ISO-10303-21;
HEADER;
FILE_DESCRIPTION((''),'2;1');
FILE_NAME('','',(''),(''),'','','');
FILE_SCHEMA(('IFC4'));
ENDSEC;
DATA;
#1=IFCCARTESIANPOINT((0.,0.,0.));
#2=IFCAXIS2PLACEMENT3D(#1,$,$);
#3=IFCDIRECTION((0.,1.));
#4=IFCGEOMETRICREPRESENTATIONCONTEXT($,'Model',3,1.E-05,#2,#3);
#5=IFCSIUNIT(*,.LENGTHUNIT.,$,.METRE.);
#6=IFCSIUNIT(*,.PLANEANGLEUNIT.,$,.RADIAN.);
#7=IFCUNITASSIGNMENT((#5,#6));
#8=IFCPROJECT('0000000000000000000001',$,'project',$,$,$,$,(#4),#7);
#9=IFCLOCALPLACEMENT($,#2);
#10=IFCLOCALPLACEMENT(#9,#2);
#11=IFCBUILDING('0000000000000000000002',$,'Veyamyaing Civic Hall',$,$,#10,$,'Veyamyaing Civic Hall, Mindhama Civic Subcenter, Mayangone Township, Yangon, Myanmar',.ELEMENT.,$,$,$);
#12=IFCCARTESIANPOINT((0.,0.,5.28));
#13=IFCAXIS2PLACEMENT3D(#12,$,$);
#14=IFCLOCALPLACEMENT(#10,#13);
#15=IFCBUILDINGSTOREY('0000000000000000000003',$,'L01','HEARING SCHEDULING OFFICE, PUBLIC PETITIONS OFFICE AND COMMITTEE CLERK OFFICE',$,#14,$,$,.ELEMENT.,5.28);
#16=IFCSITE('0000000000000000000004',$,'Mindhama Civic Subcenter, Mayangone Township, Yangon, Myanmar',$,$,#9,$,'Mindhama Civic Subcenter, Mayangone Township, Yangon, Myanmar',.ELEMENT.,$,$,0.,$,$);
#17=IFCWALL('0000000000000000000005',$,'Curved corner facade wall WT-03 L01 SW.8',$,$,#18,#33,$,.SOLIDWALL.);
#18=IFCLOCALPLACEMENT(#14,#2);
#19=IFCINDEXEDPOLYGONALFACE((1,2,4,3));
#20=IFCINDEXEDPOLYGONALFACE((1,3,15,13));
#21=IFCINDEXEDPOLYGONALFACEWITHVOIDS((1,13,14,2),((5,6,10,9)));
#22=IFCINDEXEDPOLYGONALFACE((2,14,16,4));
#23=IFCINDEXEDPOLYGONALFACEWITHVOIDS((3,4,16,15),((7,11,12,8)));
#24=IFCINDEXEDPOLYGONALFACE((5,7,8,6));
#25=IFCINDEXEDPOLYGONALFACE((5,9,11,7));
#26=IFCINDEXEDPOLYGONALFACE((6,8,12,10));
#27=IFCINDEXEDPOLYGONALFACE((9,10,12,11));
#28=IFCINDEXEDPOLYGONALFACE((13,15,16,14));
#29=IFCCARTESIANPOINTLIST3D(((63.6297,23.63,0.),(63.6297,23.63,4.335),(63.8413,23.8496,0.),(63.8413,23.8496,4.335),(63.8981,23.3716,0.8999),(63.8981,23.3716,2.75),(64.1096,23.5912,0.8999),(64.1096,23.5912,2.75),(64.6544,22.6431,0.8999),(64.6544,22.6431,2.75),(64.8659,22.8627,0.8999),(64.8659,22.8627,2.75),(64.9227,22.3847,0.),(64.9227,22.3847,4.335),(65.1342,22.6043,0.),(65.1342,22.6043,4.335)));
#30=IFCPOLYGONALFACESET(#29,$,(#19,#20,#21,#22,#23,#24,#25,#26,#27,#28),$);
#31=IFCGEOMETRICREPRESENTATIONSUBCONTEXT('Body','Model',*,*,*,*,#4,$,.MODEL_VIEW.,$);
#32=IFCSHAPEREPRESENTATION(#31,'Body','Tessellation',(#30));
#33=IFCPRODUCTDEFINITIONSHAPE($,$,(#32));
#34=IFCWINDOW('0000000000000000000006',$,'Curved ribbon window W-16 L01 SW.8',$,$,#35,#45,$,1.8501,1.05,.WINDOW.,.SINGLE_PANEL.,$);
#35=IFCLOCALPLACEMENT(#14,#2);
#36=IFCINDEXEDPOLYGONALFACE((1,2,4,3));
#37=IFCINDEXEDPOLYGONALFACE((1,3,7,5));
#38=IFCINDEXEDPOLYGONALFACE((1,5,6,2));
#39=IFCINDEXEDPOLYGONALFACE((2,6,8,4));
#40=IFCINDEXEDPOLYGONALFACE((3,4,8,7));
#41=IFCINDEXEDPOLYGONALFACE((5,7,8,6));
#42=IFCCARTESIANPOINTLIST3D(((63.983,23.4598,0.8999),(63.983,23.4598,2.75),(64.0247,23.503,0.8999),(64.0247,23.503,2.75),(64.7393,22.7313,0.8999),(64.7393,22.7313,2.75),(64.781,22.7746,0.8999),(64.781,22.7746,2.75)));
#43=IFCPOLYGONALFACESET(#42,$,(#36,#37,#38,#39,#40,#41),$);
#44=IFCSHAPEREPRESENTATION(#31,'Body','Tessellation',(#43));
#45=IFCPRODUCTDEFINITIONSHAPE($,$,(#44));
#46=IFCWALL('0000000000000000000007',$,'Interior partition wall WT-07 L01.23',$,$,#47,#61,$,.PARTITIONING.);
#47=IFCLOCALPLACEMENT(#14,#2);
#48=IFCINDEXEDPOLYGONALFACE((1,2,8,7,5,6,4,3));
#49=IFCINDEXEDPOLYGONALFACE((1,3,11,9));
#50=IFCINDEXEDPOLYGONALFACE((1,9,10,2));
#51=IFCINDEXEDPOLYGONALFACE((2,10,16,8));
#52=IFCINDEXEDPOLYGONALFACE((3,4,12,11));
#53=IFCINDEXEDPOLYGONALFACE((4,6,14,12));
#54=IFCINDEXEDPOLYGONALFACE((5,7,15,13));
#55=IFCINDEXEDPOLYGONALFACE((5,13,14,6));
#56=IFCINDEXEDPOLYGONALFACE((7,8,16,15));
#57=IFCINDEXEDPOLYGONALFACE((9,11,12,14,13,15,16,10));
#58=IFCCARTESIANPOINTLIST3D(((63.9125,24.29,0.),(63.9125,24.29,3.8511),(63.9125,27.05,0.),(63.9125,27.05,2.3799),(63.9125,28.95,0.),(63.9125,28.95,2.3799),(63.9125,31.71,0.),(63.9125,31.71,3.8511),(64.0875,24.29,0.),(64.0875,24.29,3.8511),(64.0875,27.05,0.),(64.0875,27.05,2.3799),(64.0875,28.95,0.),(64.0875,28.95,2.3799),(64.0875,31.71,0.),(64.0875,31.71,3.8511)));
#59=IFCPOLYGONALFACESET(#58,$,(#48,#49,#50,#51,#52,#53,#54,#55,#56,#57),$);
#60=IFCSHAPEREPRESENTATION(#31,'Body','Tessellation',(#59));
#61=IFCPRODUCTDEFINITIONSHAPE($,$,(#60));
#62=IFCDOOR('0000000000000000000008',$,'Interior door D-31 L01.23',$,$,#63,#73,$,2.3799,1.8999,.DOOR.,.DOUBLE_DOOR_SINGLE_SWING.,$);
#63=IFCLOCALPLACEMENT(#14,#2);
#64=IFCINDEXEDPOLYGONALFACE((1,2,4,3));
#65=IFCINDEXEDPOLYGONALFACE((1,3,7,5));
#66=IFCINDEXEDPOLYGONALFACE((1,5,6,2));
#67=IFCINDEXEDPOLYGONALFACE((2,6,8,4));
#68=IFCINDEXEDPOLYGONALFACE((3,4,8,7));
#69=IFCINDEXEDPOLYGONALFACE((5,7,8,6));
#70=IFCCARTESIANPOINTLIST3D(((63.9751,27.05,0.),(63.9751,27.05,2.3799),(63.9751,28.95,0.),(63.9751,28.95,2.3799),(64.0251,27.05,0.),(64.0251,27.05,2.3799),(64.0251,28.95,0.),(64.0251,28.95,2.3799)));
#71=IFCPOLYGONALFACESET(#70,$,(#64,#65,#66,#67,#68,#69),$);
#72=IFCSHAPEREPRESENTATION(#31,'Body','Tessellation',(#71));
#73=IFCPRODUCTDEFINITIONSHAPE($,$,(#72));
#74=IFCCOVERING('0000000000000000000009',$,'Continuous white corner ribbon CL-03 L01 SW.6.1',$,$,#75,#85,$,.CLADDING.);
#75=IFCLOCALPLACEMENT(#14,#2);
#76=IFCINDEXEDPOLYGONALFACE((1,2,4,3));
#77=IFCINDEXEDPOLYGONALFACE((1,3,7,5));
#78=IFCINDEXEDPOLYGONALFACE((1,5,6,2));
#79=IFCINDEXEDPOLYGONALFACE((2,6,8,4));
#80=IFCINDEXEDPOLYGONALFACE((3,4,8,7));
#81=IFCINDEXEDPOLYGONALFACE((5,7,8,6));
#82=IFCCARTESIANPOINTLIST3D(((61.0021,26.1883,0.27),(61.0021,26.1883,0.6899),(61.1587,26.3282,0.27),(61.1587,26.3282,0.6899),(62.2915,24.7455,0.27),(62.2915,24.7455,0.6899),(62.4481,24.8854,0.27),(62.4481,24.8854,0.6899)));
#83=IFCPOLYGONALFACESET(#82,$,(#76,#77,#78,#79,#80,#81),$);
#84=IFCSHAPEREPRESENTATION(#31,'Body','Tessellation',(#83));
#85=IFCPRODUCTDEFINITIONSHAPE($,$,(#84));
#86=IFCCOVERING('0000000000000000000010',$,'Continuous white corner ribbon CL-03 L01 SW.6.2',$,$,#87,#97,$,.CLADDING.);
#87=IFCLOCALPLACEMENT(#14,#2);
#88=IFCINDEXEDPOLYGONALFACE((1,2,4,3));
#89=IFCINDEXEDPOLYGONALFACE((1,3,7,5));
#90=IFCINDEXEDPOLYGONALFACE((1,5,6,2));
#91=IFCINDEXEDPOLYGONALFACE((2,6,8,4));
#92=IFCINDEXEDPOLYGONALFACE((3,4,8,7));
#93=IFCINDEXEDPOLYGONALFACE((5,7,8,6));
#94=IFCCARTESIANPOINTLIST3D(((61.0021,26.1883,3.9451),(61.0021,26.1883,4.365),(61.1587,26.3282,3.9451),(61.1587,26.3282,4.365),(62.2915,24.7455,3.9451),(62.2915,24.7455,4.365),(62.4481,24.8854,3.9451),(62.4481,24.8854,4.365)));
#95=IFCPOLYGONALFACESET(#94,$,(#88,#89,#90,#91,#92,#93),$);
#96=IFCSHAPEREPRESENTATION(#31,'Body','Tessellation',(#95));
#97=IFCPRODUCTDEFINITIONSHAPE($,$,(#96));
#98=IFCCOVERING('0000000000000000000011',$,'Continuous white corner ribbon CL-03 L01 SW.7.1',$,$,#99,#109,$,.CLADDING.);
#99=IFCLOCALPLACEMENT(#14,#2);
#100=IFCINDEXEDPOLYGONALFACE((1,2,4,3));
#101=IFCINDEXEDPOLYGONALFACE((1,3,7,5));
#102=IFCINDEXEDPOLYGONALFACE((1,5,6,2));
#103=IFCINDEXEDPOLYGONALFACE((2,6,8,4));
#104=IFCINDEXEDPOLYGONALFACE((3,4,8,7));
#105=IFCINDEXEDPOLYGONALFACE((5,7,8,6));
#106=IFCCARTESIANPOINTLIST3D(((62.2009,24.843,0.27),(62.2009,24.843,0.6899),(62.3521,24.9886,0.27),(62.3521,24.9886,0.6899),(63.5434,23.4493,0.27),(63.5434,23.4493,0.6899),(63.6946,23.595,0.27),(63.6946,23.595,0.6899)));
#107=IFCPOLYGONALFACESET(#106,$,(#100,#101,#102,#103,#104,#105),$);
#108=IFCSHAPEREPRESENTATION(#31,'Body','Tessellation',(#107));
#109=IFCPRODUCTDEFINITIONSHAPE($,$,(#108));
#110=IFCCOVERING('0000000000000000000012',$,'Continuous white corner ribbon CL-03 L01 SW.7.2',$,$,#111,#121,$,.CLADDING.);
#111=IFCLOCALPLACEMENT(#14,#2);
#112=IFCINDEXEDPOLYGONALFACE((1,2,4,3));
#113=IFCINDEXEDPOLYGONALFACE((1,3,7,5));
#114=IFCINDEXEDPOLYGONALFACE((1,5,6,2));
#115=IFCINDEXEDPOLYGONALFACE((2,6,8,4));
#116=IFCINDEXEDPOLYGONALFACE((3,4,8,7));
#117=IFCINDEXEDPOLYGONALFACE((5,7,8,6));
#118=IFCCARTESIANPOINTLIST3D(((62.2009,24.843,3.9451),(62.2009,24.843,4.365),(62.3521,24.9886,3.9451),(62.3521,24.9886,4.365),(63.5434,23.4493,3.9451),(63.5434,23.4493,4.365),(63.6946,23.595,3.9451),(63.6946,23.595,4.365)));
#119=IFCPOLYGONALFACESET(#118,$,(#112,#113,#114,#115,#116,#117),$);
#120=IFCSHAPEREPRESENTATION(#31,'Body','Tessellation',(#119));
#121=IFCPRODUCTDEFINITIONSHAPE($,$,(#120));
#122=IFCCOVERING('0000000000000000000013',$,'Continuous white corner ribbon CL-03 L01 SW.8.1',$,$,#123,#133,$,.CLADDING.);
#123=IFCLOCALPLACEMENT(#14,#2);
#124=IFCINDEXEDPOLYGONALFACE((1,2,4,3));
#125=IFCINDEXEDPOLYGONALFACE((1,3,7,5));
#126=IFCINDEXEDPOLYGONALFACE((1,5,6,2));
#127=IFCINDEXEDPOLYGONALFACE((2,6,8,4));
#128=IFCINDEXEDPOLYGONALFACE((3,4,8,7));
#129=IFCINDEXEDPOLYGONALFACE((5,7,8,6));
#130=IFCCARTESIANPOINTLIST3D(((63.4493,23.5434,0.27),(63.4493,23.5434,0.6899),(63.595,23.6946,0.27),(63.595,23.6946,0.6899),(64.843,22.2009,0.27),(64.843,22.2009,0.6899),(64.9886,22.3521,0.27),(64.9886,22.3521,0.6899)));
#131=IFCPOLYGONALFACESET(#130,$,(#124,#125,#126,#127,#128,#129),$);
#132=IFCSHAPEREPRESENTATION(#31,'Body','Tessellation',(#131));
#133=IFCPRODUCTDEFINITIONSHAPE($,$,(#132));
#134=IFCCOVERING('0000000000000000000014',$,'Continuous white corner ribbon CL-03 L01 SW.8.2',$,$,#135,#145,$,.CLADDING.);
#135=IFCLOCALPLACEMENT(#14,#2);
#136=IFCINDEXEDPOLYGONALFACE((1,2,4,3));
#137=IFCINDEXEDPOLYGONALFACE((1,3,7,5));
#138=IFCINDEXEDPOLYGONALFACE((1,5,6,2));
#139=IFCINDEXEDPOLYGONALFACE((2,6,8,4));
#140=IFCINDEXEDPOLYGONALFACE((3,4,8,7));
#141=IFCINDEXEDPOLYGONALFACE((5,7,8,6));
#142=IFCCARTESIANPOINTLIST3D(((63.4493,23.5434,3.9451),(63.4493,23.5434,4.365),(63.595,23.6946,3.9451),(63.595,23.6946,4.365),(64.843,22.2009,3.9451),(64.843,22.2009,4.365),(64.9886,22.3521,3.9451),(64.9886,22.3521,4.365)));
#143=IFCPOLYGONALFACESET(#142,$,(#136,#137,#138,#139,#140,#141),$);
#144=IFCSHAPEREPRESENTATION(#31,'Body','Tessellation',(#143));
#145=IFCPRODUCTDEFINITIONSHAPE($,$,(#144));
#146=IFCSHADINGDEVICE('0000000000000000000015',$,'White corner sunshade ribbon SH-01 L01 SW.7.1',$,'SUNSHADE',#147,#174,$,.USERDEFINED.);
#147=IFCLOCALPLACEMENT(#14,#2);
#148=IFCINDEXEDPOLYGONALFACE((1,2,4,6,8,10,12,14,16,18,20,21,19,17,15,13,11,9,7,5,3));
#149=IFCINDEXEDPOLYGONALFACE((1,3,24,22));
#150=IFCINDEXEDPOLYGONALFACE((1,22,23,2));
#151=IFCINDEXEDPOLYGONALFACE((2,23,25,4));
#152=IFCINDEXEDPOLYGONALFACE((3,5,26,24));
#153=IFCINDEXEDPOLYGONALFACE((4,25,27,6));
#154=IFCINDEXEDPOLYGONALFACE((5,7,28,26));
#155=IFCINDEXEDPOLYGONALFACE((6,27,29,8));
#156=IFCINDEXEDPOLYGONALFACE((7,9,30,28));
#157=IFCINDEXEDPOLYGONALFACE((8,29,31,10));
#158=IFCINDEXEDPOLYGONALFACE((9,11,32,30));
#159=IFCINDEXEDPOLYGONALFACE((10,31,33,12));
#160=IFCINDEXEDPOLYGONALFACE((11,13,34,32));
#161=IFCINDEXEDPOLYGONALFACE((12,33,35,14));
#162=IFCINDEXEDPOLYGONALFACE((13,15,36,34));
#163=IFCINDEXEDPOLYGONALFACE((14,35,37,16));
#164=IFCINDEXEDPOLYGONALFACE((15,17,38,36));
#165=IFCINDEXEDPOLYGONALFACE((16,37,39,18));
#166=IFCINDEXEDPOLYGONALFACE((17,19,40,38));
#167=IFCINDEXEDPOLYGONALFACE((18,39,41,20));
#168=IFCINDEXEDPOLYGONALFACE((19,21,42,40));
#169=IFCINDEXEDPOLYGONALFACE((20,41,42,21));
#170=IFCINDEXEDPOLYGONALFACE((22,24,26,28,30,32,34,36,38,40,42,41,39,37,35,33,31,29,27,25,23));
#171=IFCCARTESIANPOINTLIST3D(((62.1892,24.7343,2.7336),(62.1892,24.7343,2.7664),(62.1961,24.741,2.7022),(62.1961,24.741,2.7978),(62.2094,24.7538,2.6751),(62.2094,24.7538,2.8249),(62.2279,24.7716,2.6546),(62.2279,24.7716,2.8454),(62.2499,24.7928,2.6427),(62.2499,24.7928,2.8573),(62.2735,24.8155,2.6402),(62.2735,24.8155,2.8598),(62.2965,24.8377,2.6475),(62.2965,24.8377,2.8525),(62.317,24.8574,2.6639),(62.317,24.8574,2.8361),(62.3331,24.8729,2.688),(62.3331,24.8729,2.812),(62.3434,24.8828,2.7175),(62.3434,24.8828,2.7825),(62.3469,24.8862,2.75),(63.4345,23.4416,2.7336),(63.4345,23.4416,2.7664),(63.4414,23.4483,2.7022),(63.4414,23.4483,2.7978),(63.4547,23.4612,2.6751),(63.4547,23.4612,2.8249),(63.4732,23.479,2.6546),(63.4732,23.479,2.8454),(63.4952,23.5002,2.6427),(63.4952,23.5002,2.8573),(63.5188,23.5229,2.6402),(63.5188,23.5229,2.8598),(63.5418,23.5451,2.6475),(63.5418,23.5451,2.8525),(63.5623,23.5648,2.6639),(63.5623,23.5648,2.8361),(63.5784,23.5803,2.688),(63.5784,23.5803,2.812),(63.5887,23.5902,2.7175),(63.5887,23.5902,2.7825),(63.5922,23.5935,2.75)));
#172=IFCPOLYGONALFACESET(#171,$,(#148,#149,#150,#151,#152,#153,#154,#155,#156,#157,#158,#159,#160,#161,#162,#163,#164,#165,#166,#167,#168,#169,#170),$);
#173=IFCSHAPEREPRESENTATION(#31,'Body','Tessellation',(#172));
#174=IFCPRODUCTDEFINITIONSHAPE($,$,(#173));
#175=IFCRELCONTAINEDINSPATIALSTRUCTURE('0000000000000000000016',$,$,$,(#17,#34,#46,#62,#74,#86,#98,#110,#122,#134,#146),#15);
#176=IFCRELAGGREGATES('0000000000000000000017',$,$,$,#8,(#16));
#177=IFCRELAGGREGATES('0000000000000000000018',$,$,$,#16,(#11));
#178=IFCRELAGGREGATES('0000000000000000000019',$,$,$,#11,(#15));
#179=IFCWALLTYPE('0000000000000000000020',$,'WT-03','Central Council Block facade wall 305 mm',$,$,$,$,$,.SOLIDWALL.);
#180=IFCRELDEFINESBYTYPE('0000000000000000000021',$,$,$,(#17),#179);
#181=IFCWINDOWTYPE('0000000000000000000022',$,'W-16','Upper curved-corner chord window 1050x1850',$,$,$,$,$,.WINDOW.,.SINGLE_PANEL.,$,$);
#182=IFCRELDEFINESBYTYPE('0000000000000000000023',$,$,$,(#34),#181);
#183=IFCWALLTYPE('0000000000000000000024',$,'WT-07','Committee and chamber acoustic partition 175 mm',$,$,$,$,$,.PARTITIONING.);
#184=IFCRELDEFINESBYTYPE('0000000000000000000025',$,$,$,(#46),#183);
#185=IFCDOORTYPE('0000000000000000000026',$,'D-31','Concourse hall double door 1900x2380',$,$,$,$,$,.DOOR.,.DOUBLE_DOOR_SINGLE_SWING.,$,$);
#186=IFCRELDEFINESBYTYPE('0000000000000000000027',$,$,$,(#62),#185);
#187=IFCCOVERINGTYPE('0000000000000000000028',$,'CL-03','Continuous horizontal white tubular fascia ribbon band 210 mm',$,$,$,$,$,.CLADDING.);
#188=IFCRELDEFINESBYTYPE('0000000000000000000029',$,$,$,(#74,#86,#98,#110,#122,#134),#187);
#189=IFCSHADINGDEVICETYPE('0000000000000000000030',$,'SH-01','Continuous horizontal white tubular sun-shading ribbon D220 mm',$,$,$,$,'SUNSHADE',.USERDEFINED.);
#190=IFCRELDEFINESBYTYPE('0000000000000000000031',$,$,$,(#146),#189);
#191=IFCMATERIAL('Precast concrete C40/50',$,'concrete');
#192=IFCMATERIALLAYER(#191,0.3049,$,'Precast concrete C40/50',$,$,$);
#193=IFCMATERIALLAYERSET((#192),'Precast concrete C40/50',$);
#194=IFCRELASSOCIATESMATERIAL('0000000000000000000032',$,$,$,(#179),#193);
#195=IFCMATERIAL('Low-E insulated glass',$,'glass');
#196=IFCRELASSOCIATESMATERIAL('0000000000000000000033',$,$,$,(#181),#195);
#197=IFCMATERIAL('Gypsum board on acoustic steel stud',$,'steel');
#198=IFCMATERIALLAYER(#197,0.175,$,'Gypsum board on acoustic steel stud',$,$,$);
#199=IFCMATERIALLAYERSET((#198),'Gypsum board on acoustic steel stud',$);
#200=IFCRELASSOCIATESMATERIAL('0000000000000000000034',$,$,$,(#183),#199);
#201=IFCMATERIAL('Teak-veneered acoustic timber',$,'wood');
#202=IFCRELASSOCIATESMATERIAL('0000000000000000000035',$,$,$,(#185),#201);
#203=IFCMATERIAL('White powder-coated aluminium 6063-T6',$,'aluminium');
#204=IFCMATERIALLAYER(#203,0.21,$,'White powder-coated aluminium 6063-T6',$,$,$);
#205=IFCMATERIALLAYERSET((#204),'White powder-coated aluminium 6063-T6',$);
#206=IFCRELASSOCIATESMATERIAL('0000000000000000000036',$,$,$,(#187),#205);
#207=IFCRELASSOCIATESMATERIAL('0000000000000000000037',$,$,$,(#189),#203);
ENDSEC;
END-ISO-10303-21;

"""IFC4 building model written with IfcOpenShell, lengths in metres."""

from ifc_helpers import new_model, si_unit, direction, frame, frame_2d, origin, origin_2d, place, context, subcontext, project, spatial, rectangle, circle, extrude, material, layer, layer_set, material_profile, profile_set, type_object, element, fill, save


model = new_model("IFC4")

# Units and contexts
model_context = context("Model", 3, precision=1e-05, world=origin(), true_north=direction((0.0, 1.0)))
body_context = subcontext(model_context, "Body", "Model", "MODEL_VIEW")
ifc_project = project(units=[si_unit("LENGTHUNIT", "METRE"), si_unit("PLANEANGLEUNIT", "RADIAN")], contexts=[model_context])

# Site, building, storey
site_placement = place(None, origin())
site = spatial("IfcSite", under=ifc_project, at=site_placement, Name="Mindhama Civic Subcenter, Mayangone Township, Yangon, Myanmar", LongName="Mindhama Civic Subcenter, Mayangone Township, Yangon, Myanmar", CompositionType="ELEMENT", RefElevation=0.0)
building_placement = place(site_placement, origin())
building = spatial("IfcBuilding", under=site, at=building_placement, Name="Veyamyaing Civic Hall", LongName="Veyamyaing Civic Hall, Mindhama Civic Subcenter, Mayangone Township, Yangon, Myanmar", CompositionType="ELEMENT")
storey_placement = place(building_placement, frame((0.0, 0.0, 5.28)))
storey = spatial("IfcBuildingStorey", under=building, at=storey_placement, Name="L01", Description="HEARING SCHEDULING OFFICE, PUBLIC PETITIONS OFFICE AND COMMITTEE CLERK OFFICE", CompositionType="ELEMENT", Elevation=5.28)

# Wall, opening, window
ifc_material_1 = material(Name="Precast concrete C40/50", Category="concrete")
ifc_layer_1 = layer(ifc_material_1, 0.3049, Name="Precast concrete C40/50")
ifc_layer_set_1 = layer_set([ifc_layer_1], Name="Precast concrete C40/50")
wall_type_1 = type_object("IfcWallType", Name="WT-03", Description="Central Council Block facade wall 305 mm", PredefinedType="SOLIDWALL", material=ifc_layer_set_1)
ifc_material_2 = material(Name="Low-E insulated glass", Category="glass")
window_type = type_object("IfcWindowType", Name="W-16", Description="Upper curved-corner chord window 1050x1850", PartitioningType="SINGLE_PANEL", PredefinedType="WINDOW", material=ifc_material_2)
wall_1_placement = place(storey_placement, frame((63.7356, 23.7397, 0.0), z_axis=(0.0, 0.0, 1.0), x_axis=(0.720242, -0.693723, 0.0)))
wall_1 = element("IfcWall", 1, at=wall_1_placement, inside=storey, type_object=wall_type_1, Name="Curved corner facade wall WT-03 L01 SW.8", PredefinedType="SOLIDWALL", context=body_context, shape_type="SweptSolid", body=[
    extrude(rectangle(XDim=1.7952, YDim=0.3049, at=frame_2d((0.8975, 0.0))), origin(), (0.0, 0.0, 1.0), 4.335),
])
opening_1_placement = place(wall_1_placement, frame((0.3726, 0.0, 0.8999)))
opening_1 = element("IfcOpeningElement", 2, at=opening_1_placement, cuts=wall_1, PredefinedType="OPENING", context=body_context, shape_type="SweptSolid", body=[
    extrude(rectangle(XDim=1.05, YDim=1.8501, at=frame_2d((0.5249, 0.925))), frame((0.0, 0.1624, 0.0), z_axis=(0.0, -1.0, 0.0), x_axis=(1.0, 0.0, 0.0)), (0.0, 0.0, 1.0), 0.325),
])
window_1_placement = place(opening_1_placement, origin())
window_1 = element("IfcWindow", 3, at=window_1_placement, inside=storey, type_object=window_type, Name="Curved ribbon window W-16 L01 SW.8", OverallHeight=1.8501, OverallWidth=1.05, PartitioningType="SINGLE_PANEL", PredefinedType="WINDOW", context=body_context, shape_type="SweptSolid", body=[
    extrude(rectangle(XDim=1.05, YDim=1.8501, at=frame_2d((0.5249, 0.925))), frame((0.0, 0.03, 0.0), z_axis=(0.0, -1.0, 0.0), x_axis=(1.0, 0.0, 0.0)), (0.0, 0.0, 1.0), 0.0601),
])
fill(opening_1, window_1)

# Wall, opening, door
ifc_material_3 = material(Name="Gypsum board on acoustic steel stud", Category="steel")
ifc_layer_2 = layer(ifc_material_3, 0.175, Name="Gypsum board on acoustic steel stud")
ifc_layer_set_2 = layer_set([ifc_layer_2], Name="Gypsum board on acoustic steel stud")
wall_type_2 = type_object("IfcWallType", Name="WT-07", Description="Committee and chamber acoustic partition 175 mm", PredefinedType="PARTITIONING", material=ifc_layer_set_2)
wall_2_placement = place(storey_placement, frame((64.0, 24.29, 0.0), z_axis=(0.0, 0.0, 1.0), x_axis=(0.0, 1.0, 0.0)))
wall_2 = element("IfcWall", 4, at=wall_2_placement, inside=storey, type_object=wall_type_2, Name="Interior partition wall WT-07 L01.23", PredefinedType="PARTITIONING", context=body_context, shape_type="SweptSolid", body=[
    extrude(rectangle(XDim=7.4199, YDim=0.175, at=frame_2d((3.71, 0.0))), origin(), (0.0, 0.0, 1.0), 3.8511),
])
opening_2_placement = place(wall_2_placement, frame((2.76, 0.0, 0.0)))
opening_2 = element("IfcOpeningElement", 5, at=opening_2_placement, cuts=wall_2, PredefinedType="OPENING", context=body_context, shape_type="SweptSolid", body=[
    extrude(rectangle(XDim=1.8999, YDim=2.3799, at=frame_2d((0.95, 1.1899))), frame((0.0, 0.0974, 0.0), z_axis=(0.0, -1.0, 0.0), x_axis=(1.0, 0.0, 0.0)), (0.0, 0.0, 1.0), 0.1951),
])
ifc_material_4 = material(Name="Teak-veneered acoustic timber", Category="wood")
door_type = type_object("IfcDoorType", Name="D-31", Description="Concourse hall double door 1900x2380", OperationType="DOUBLE_DOOR_SINGLE_SWING", PredefinedType="DOOR", material=ifc_material_4)
door_placement = place(opening_2_placement, origin())
door = element("IfcDoor", 6, at=door_placement, inside=storey, type_object=door_type, Name="Interior door D-31 L01.23", OperationType="DOUBLE_DOOR_SINGLE_SWING", OverallHeight=2.3799, OverallWidth=1.8999, PredefinedType="DOOR", context=body_context, shape_type="SweptSolid", body=[
    extrude(rectangle(XDim=1.8999, YDim=2.3799, at=frame_2d((0.95, 1.1899))), frame((0.0, 0.0249, 0.0), z_axis=(0.0, -1.0, 0.0), x_axis=(1.0, 0.0, 0.0)), (0.0, 0.0, 1.0), 0.05),
])
fill(opening_2, door)

# Coverings
ifc_material_5 = material(Name="White powder-coated aluminium 6063-T6", Category="aluminium")
ifc_layer_3 = layer(ifc_material_5, 0.21, Name="White powder-coated aluminium 6063-T6")
ifc_layer_set_3 = layer_set([ifc_layer_3], Name="White powder-coated aluminium 6063-T6")
covering_type = type_object("IfcCoveringType", Name="CL-03", Description="Continuous horizontal white tubular fascia ribbon band 210 mm", PredefinedType="CLADDING", material=ifc_layer_set_3)
for number, where, z_axis, x_axis, name in (
    (7, (61.7251, 25.5369, 0.27), (0.0, 0.0, 1.0), (0.666347, -0.745642, 0.0), "Continuous white corner ribbon CL-03 L01 SW.6.1"),
    (8, (61.7251, 25.5369, 3.9451), (0.0, 0.0, 1.0), (0.666347, -0.745642, 0.0), "Continuous white corner ribbon CL-03 L01 SW.6.2"),
    (9, (62.9478, 24.219, 0.27), (0.0, 0.0, 1.0), (0.693761, -0.720205, 0.0), "Continuous white corner ribbon CL-03 L01 SW.7.1"),
    (10, (62.9478, 24.219, 3.9451), (0.0, 0.0, 1.0), (0.693761, -0.720205, 0.0), "Continuous white corner ribbon CL-03 L01 SW.7.2"),
    (11, (64.219, 22.9478, 0.27), (0.0, 0.0, 1.0), (0.720205, -0.693761, 0.0), "Continuous white corner ribbon CL-03 L01 SW.8.1"),
    (12, (64.219, 22.9478, 3.9451), (0.0, 0.0, 1.0), (0.720205, -0.693761, 0.0), "Continuous white corner ribbon CL-03 L01 SW.8.2"),
):
    element("IfcCovering", number, at=place(storey_placement, frame(where, z_axis=z_axis, x_axis=x_axis)), inside=storey, type_object=covering_type, Name=name, PredefinedType="CLADDING", context=body_context, shape_type="SweptSolid", body=[
        extrude(rectangle(XDim=1.9351, YDim=0.21, at=origin_2d()), origin(), (0.0, 0.0, 1.0), 0.4199),
    ])

# Shading device
ifc_material_profile_1 = material_profile(ifc_material_5, circle(Radius=0.1101, at=origin_2d()), Name="SHADE-TUBE-220")
ifc_profile_set_1 = profile_set([ifc_material_profile_1], Name="White powder-coated aluminium 6063-T6")
shading_device_type = type_object("IfcShadingDeviceType", Name="SH-01", Description="Continuous horizontal white tubular sun-shading ribbon D220 mm", ElementType="SUNSHADE", PredefinedType="USERDEFINED", material=ifc_profile_set_1)
for number, where, z_axis, x_axis, name in (
    (13, (62.2676, 24.8098, 2.75), (0.693791, -0.720177, 0.0), (0.720177, 0.693791, 0.0), "White corner sunshade ribbon SH-01 L01 SW.7.1"),
):
    element("IfcShadingDevice", number, at=place(storey_placement, frame(where, z_axis=z_axis, x_axis=x_axis)), inside=storey, type_object=shading_device_type, Name=name, ObjectType="SUNSHADE", PredefinedType="USERDEFINED", context=body_context, shape_type="SweptSolid", body=[
        extrude(circle(Radius=0.1101, at=origin_2d()), origin(), (0.0, 0.0, 1.0), 1.7949),
    ])

save(model, "model.ifc")
